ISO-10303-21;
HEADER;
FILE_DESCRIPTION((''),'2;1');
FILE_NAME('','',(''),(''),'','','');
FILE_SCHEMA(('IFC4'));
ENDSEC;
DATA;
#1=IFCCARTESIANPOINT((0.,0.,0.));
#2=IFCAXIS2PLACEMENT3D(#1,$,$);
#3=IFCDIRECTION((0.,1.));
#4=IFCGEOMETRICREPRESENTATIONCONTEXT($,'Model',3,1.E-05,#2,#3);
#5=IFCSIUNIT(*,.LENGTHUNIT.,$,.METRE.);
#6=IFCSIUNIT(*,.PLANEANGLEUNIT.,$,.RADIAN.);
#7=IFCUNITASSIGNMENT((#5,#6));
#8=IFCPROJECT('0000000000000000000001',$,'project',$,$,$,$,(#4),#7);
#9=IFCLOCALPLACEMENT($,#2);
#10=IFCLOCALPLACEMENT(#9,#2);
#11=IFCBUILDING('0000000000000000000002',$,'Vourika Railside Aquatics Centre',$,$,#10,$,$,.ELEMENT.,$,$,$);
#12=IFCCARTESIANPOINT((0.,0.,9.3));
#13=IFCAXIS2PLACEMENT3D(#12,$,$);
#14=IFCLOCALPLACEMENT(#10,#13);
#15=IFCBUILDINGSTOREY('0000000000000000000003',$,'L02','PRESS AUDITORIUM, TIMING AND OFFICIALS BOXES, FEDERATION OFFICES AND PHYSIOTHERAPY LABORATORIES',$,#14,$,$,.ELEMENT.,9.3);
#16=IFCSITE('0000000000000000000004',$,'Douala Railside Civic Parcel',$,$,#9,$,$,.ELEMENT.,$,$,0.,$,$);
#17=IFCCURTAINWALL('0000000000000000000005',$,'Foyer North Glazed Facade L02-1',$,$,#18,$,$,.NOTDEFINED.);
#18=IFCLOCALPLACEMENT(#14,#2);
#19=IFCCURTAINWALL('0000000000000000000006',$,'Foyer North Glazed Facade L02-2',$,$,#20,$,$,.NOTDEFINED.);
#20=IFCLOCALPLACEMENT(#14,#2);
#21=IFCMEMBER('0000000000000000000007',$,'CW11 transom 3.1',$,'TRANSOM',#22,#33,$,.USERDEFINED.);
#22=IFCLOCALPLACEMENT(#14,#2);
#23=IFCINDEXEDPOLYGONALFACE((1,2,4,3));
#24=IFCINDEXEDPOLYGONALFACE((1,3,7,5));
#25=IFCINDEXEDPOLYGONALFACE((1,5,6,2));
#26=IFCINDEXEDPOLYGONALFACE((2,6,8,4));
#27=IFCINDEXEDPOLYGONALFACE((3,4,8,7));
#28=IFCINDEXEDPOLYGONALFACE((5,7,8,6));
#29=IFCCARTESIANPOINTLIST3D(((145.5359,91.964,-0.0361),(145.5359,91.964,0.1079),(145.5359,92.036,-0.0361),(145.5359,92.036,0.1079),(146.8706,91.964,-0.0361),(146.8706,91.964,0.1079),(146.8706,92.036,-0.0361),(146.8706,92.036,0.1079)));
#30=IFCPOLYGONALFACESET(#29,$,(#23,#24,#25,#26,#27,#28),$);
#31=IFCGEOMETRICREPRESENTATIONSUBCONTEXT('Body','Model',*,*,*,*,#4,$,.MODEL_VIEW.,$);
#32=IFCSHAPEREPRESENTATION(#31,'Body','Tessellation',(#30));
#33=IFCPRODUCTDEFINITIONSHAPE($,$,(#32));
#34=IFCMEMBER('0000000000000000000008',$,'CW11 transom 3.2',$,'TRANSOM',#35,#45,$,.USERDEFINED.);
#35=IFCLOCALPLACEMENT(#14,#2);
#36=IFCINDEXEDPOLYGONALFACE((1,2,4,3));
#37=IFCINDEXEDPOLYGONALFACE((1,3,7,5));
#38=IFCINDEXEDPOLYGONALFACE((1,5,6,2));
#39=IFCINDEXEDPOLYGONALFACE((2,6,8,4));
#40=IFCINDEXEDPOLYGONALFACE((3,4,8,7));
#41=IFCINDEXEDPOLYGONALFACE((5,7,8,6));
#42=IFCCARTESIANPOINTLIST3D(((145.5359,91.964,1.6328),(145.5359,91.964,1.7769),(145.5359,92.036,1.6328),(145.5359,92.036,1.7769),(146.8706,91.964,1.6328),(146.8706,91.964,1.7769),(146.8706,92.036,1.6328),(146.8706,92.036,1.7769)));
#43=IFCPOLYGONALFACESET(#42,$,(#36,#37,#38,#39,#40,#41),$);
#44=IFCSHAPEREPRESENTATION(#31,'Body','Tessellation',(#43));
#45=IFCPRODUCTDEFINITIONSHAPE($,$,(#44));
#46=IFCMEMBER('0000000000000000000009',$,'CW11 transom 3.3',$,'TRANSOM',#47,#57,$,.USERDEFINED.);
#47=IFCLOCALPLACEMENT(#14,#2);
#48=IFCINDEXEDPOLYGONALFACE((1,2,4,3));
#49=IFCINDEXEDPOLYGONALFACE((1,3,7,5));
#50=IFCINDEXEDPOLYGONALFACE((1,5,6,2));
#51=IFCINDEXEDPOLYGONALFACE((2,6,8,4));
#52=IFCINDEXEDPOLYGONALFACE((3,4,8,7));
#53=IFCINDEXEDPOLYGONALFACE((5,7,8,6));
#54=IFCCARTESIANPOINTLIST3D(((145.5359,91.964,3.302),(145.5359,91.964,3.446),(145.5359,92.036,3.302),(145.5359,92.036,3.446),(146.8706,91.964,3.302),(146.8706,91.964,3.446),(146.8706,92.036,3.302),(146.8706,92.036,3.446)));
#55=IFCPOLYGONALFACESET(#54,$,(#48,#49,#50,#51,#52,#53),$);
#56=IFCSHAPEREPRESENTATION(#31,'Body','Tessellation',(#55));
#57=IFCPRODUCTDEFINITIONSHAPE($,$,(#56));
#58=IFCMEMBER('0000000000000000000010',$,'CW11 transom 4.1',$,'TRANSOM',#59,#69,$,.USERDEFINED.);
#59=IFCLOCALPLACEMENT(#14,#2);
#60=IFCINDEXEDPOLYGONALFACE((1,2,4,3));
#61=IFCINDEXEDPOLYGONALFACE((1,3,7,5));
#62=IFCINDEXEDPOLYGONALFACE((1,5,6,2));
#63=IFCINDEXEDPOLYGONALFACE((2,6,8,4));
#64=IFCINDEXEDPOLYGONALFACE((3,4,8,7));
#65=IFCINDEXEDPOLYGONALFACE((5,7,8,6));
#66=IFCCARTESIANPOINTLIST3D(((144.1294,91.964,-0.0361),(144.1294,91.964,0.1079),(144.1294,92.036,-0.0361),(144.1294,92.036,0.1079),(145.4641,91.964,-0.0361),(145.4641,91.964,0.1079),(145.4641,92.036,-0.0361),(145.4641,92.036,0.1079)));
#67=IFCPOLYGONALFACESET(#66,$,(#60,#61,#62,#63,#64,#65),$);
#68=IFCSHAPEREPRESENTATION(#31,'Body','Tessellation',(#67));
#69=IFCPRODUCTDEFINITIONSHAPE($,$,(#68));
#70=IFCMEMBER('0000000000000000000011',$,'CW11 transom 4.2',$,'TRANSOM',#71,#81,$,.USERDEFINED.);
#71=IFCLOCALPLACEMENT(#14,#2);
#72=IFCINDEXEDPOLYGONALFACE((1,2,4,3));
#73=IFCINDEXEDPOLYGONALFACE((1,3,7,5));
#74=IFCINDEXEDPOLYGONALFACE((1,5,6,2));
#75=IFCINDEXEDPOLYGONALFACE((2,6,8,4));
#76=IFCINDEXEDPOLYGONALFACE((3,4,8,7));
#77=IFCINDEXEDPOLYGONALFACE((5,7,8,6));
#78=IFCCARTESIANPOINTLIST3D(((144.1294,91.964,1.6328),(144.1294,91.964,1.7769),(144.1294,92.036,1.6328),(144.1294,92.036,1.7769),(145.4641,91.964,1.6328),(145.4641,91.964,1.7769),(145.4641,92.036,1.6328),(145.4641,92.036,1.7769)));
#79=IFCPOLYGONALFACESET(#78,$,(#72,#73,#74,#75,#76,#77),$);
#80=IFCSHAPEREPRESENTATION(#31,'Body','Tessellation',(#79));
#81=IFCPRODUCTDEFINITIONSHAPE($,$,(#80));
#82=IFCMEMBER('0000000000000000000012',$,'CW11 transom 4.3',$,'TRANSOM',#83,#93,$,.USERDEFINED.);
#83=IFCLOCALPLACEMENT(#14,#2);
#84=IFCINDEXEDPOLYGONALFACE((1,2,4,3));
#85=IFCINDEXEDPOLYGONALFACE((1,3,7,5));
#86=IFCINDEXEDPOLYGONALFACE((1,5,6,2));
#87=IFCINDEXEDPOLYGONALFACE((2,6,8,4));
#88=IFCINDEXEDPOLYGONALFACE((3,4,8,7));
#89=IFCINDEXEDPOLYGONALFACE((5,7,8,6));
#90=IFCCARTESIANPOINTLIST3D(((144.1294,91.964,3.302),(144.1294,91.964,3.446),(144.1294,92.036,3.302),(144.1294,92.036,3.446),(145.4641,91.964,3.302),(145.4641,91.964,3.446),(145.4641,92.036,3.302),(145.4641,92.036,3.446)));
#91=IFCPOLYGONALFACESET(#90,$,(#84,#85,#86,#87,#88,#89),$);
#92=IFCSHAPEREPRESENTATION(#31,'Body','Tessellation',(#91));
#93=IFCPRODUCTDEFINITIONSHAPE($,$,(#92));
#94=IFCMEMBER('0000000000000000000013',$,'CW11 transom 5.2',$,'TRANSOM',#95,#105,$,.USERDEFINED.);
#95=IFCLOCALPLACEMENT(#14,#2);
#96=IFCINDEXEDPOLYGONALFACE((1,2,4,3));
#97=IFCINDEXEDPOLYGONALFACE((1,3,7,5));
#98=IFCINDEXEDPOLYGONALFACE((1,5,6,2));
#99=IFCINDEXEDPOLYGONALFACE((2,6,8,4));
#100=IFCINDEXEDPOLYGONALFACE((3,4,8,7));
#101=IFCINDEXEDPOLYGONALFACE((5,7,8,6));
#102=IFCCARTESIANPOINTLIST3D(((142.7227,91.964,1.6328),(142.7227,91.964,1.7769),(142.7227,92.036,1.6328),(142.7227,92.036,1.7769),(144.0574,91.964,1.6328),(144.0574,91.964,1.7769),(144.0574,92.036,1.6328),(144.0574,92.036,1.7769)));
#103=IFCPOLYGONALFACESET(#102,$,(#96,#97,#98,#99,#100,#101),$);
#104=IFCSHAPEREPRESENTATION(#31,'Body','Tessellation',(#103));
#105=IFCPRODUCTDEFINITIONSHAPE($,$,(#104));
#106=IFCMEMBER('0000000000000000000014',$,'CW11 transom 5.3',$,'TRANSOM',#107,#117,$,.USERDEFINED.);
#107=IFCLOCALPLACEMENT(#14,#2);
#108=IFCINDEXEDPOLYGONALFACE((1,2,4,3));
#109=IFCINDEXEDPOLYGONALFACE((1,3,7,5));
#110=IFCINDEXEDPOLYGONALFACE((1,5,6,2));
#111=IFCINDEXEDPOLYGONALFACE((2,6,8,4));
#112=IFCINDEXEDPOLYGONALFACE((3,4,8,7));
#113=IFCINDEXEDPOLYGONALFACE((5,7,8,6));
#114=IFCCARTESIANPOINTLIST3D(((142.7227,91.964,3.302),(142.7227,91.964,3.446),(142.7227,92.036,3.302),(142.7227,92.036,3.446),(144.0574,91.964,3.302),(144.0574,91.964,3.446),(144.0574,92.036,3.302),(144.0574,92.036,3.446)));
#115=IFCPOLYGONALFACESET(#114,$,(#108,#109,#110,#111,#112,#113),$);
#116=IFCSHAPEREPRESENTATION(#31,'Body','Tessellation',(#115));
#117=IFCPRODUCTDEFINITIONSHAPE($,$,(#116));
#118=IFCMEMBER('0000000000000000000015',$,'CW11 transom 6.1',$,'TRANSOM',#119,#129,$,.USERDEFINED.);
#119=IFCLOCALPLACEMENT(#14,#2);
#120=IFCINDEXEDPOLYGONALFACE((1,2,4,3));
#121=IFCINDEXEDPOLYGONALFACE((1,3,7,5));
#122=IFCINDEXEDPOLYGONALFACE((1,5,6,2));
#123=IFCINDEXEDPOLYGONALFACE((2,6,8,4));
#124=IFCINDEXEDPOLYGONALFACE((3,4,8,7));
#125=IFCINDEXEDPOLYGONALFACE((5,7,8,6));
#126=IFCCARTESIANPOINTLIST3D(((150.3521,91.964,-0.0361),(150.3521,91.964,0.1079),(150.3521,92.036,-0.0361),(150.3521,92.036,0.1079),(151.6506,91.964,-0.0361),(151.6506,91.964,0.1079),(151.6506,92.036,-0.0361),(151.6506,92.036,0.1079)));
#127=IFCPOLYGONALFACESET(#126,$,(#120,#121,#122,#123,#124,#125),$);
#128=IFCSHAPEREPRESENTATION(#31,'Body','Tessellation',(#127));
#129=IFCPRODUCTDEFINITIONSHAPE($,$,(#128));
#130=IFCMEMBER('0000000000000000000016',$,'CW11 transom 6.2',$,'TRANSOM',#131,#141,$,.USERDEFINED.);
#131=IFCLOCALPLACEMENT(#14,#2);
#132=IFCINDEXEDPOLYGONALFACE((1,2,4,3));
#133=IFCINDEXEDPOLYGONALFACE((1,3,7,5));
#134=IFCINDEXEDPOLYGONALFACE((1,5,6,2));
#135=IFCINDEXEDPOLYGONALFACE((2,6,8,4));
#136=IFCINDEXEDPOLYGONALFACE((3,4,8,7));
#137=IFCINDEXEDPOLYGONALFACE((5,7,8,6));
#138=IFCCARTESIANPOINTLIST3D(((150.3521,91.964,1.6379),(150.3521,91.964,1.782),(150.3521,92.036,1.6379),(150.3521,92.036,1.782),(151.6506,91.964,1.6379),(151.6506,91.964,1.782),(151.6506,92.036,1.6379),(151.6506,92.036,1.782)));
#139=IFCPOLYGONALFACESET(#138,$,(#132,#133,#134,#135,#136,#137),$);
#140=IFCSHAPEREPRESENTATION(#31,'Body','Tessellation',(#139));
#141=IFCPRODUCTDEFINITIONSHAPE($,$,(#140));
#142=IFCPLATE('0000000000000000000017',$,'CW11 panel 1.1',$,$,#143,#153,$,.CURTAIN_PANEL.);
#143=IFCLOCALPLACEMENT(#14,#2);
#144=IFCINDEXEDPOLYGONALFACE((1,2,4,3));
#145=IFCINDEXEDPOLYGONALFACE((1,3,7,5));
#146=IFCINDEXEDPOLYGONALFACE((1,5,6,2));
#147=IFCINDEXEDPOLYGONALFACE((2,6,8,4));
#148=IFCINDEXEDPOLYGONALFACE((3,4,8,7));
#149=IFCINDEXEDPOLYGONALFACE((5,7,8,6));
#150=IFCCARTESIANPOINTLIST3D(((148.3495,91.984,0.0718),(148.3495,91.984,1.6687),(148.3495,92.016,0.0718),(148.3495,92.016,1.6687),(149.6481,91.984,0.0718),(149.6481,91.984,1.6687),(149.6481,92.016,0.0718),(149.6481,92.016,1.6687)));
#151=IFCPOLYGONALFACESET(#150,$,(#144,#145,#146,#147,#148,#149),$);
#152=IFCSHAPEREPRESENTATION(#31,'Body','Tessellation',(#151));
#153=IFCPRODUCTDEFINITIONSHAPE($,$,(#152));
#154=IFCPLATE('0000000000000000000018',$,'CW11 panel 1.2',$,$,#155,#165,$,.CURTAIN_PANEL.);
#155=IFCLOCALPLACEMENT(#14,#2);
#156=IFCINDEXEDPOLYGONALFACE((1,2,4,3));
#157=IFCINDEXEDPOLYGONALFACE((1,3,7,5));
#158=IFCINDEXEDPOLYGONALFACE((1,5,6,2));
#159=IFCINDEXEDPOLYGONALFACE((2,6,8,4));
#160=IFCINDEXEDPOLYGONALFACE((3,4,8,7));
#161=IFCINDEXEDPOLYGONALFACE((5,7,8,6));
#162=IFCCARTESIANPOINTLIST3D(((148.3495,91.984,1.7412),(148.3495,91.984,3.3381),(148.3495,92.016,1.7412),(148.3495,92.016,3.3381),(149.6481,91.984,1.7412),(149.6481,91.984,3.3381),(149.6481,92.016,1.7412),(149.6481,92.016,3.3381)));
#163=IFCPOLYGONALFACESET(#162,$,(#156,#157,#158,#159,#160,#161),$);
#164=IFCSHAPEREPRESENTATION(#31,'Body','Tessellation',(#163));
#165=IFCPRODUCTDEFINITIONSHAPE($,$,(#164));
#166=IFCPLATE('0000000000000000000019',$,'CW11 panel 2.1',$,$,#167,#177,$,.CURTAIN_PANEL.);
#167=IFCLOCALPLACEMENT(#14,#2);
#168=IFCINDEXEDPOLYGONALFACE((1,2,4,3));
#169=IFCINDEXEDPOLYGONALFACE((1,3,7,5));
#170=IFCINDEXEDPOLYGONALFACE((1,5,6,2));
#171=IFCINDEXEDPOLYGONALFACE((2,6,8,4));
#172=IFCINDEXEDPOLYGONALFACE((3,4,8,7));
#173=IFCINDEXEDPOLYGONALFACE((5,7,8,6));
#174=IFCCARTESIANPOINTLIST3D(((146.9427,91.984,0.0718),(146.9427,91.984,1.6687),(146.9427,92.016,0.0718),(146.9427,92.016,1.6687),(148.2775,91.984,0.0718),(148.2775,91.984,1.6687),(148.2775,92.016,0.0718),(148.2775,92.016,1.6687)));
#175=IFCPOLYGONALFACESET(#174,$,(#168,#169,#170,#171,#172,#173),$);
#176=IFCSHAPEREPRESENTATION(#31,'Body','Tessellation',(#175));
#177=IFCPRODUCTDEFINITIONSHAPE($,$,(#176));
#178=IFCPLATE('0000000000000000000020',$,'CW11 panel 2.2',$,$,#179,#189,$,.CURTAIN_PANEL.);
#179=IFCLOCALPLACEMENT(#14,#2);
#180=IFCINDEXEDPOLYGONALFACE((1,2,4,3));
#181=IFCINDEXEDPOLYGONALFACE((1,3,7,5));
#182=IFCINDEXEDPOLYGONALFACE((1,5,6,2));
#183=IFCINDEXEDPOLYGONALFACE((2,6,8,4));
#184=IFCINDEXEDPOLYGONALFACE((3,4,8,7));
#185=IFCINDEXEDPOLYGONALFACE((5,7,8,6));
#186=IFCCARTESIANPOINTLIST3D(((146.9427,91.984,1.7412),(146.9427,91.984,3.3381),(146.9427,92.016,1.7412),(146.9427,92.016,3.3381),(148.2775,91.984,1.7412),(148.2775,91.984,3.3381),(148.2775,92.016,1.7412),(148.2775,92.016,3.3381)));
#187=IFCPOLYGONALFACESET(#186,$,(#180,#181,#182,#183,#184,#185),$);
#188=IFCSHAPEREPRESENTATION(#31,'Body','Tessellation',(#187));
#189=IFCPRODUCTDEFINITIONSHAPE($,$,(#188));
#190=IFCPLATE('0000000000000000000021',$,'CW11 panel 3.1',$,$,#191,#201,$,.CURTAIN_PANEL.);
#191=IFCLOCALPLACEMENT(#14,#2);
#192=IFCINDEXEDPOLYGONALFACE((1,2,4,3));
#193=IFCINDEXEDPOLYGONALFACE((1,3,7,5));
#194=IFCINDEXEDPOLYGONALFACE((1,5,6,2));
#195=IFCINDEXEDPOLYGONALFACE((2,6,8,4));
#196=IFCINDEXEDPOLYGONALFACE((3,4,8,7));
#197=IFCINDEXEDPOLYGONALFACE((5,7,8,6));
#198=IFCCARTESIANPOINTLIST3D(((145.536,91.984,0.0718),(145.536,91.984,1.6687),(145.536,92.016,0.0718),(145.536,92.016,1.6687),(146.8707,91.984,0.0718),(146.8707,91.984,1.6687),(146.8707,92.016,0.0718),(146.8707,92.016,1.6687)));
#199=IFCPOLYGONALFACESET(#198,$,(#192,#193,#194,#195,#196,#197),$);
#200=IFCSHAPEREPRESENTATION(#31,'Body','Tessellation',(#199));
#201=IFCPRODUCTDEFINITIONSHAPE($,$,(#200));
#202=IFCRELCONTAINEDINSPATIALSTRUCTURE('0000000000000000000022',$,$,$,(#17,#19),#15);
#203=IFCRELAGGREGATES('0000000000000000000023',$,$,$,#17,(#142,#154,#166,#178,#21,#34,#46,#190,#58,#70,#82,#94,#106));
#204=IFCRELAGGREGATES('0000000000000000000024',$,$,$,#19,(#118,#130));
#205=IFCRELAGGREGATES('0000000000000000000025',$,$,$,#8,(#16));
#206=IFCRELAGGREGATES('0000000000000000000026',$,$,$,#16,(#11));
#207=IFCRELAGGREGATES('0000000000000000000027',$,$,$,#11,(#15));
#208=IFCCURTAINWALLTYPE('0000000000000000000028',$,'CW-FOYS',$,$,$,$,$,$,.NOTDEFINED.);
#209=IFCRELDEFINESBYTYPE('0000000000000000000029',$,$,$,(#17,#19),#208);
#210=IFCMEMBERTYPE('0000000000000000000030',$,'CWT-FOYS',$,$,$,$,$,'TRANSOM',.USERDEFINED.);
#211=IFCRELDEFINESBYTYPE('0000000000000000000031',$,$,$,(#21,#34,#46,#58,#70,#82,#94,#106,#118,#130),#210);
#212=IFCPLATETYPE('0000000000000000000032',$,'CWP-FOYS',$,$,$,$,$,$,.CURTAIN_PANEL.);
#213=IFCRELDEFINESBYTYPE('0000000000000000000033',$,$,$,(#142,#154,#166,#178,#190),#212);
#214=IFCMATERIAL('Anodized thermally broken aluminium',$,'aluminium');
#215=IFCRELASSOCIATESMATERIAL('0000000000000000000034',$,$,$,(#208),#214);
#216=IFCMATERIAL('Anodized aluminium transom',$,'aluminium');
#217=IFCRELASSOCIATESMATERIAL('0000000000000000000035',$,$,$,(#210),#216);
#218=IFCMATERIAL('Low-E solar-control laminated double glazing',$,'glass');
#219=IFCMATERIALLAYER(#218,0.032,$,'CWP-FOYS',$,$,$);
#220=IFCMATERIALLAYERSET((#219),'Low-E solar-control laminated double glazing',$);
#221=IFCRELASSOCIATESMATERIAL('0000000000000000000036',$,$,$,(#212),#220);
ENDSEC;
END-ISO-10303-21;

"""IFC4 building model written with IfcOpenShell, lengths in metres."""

from ifc_helpers import new_model, si_unit, direction, frame, origin, origin_2d, place, context, subcontext, project, spatial, rectangle, extrude, material, layer, layer_set, material_profile, profile_set, type_object, element, aggregate, save


model = new_model("IFC4")

# Units and contexts
model_context = context("Model", 3, precision=1e-05, world=origin(), true_north=direction((0.0, 1.0)))
body_context = subcontext(model_context, "Body", "Model", "MODEL_VIEW")
ifc_project = project(units=[si_unit("LENGTHUNIT", "METRE"), si_unit("PLANEANGLEUNIT", "RADIAN")], contexts=[model_context])

# Site, building, storey
site_placement = place(None, origin())
site = spatial("IfcSite", under=ifc_project, at=site_placement, Name="Douala Railside Civic Parcel", CompositionType="ELEMENT", RefElevation=0.0)
building_placement = place(site_placement, origin())
building = spatial("IfcBuilding", under=site, at=building_placement, Name="Vourika Railside Aquatics Centre", CompositionType="ELEMENT")
storey_placement = place(building_placement, frame((0.0, 0.0, 9.3)))
storey = spatial("IfcBuildingStorey", under=building, at=storey_placement, Name="L02", Description="PRESS AUDITORIUM, TIMING AND OFFICIALS BOXES, FEDERATION OFFICES AND PHYSIOTHERAPY LABORATORIES", CompositionType="ELEMENT", Elevation=9.3)

# Curtain wall
ifc_material_1 = material(Name="Anodized thermally broken aluminium", Category="aluminium")
curtain_wall_type = type_object("IfcCurtainWallType", Name="CW-FOYS", PredefinedType="NOTDEFINED", material=ifc_material_1)
curtain_wall_1_placement = place(storey_placement, origin())
curtain_wall_1 = element("IfcCurtainWall", 1, at=curtain_wall_1_placement, inside=storey, type_object=curtain_wall_type, Name="Foyer North Glazed Facade L02-1", PredefinedType="NOTDEFINED")

# Curtain wall
curtain_wall_2_placement = place(storey_placement, origin())
curtain_wall_2 = element("IfcCurtainWall", 2, at=curtain_wall_2_placement, inside=storey, type_object=curtain_wall_type, Name="Foyer North Glazed Facade L02-2", PredefinedType="NOTDEFINED")

# Members
ifc_material_2 = material(Name="Anodized aluminium transom", Category="aluminium")
ifc_material_profile_1 = material_profile(ifc_material_2, rectangle(XDim=0.072, YDim=0.144, at=origin_2d()), Name="ALU-T 72x144")
ifc_profile_set_1 = profile_set([ifc_material_profile_1], Name="Anodized aluminium transom")
member_type_1 = type_object("IfcMemberType", Name="CWT-FOYS", ElementType="TRANSOM", PredefinedType="USERDEFINED", material=ifc_profile_set_1)
member_1_placement = place(storey_placement, frame((146.8706, 92.0, 0.0359), z_axis=(-1.0, 0.0, 0.0), x_axis=(0.0, -1.0, 0.0)))
member_1 = element("IfcMember", 3, at=member_1_placement, type_object=member_type_1, Name="CW11 transom 3.1", ObjectType="TRANSOM", PredefinedType="USERDEFINED", context=body_context, shape_type="SweptSolid", body=[
    extrude(rectangle(XDim=0.072, YDim=0.144, at=origin_2d()), origin(), (0.0, 0.0, 1.0), 1.3347),
])
member_2_placement = place(storey_placement, frame((146.8706, 92.0, 1.7048), z_axis=(-1.0, 0.0, 0.0), x_axis=(0.0, -1.0, 0.0)))
member_2 = element("IfcMember", 4, at=member_2_placement, type_object=member_type_1, Name="CW11 transom 3.2", ObjectType="TRANSOM", PredefinedType="USERDEFINED", context=body_context, shape_type="SweptSolid", body=[
    extrude(rectangle(XDim=0.072, YDim=0.144, at=origin_2d()), origin(), (0.0, 0.0, 1.0), 1.3347),
])
member_3_placement = place(storey_placement, frame((146.8706, 92.0, 3.374), z_axis=(-1.0, 0.0, 0.0), x_axis=(0.0, -1.0, 0.0)))
member_3 = element("IfcMember", 5, at=member_3_placement, type_object=member_type_1, Name="CW11 transom 3.3", ObjectType="TRANSOM", PredefinedType="USERDEFINED", context=body_context, shape_type="SweptSolid", body=[
    extrude(rectangle(XDim=0.072, YDim=0.144, at=origin_2d()), origin(), (0.0, 0.0, 1.0), 1.3347),
])
member_4_placement = place(storey_placement, frame((145.4641, 92.0, 0.0359), z_axis=(-1.0, 0.0, 0.0), x_axis=(0.0, -1.0, 0.0)))
member_4 = element("IfcMember", 6, at=member_4_placement, type_object=member_type_1, Name="CW11 transom 4.1", ObjectType="TRANSOM", PredefinedType="USERDEFINED", context=body_context, shape_type="SweptSolid", body=[
    extrude(rectangle(XDim=0.072, YDim=0.144, at=origin_2d()), origin(), (0.0, 0.0, 1.0), 1.3347),
])
member_5_placement = place(storey_placement, frame((145.4641, 92.0, 1.7048), z_axis=(-1.0, 0.0, 0.0), x_axis=(0.0, -1.0, 0.0)))
member_5 = element("IfcMember", 7, at=member_5_placement, type_object=member_type_1, Name="CW11 transom 4.2", ObjectType="TRANSOM", PredefinedType="USERDEFINED", context=body_context, shape_type="SweptSolid", body=[
    extrude(rectangle(XDim=0.072, YDim=0.144, at=origin_2d()), origin(), (0.0, 0.0, 1.0), 1.3347),
])
member_6_placement = place(storey_placement, frame((145.4641, 92.0, 3.374), z_axis=(-1.0, 0.0, 0.0), x_axis=(0.0, -1.0, 0.0)))
member_6 = element("IfcMember", 8, at=member_6_placement, type_object=member_type_1, Name="CW11 transom 4.3", ObjectType="TRANSOM", PredefinedType="USERDEFINED", context=body_context, shape_type="SweptSolid", body=[
    extrude(rectangle(XDim=0.072, YDim=0.144, at=origin_2d()), origin(), (0.0, 0.0, 1.0), 1.3347),
])
member_7_placement = place(storey_placement, frame((144.0574, 92.0, 1.7048), z_axis=(-1.0, 0.0, 0.0), x_axis=(0.0, -1.0, 0.0)))
member_7 = element("IfcMember", 9, at=member_7_placement, type_object=member_type_1, Name="CW11 transom 5.2", ObjectType="TRANSOM", PredefinedType="USERDEFINED", context=body_context, shape_type="SweptSolid", body=[
    extrude(rectangle(XDim=0.072, YDim=0.144, at=origin_2d()), origin(), (0.0, 0.0, 1.0), 1.3347),
])
member_8_placement = place(storey_placement, frame((144.0574, 92.0, 3.374), z_axis=(-1.0, 0.0, 0.0), x_axis=(0.0, -1.0, 0.0)))
member_8 = element("IfcMember", 10, at=member_8_placement, type_object=member_type_1, Name="CW11 transom 5.3", ObjectType="TRANSOM", PredefinedType="USERDEFINED", context=body_context, shape_type="SweptSolid", body=[
    extrude(rectangle(XDim=0.072, YDim=0.144, at=origin_2d()), origin(), (0.0, 0.0, 1.0), 1.3347),
])
member_9_placement = place(storey_placement, frame((151.6506, 92.0, 0.0359), z_axis=(-1.0, 0.0, 0.0), x_axis=(0.0, -1.0, 0.0)))
member_9 = element("IfcMember", 11, at=member_9_placement, type_object=member_type_1, Name="CW11 transom 6.1", ObjectType="TRANSOM", PredefinedType="USERDEFINED", context=body_context, shape_type="SweptSolid", body=[
    extrude(rectangle(XDim=0.072, YDim=0.144, at=origin_2d()), origin(), (0.0, 0.0, 1.0), 1.2986),
])
member_10_placement = place(storey_placement, frame((151.6506, 92.0, 1.71), z_axis=(-1.0, 0.0, 0.0), x_axis=(0.0, -1.0, 0.0)))
member_10 = element("IfcMember", 12, at=member_10_placement, type_object=member_type_1, Name="CW11 transom 6.2", ObjectType="TRANSOM", PredefinedType="USERDEFINED", context=body_context, shape_type="SweptSolid", body=[
    extrude(rectangle(XDim=0.072, YDim=0.144, at=origin_2d()), origin(), (0.0, 0.0, 1.0), 1.2986),
])

# Plates
ifc_material_3 = material(Name="Low-E solar-control laminated double glazing", Category="glass")
ifc_layer = layer(ifc_material_3, 0.032, Name="CWP-FOYS")
ifc_layer_set = layer_set([ifc_layer], Name="Low-E solar-control laminated double glazing")
plate_type = type_object("IfcPlateType", Name="CWP-FOYS", PredefinedType="CURTAIN_PANEL", material=ifc_layer_set)
plate_1_placement = place(storey_placement, frame((148.9988, 92.0, 0.0718), z_axis=(0.0, 0.0, 1.0), x_axis=(-1.0, 0.0, 0.0)))
plate_1 = element("IfcPlate", 13, at=plate_1_placement, type_object=plate_type, Name="CW11 panel 1.1", PredefinedType="CURTAIN_PANEL", context=body_context, shape_type="SweptSolid", body=[
    extrude(rectangle(XDim=1.2986, YDim=0.032, at=origin_2d()), origin(), (0.0, 0.0, 1.0), 1.5969),
])
plate_2_placement = place(storey_placement, frame((148.9988, 92.0, 1.7412), z_axis=(0.0, 0.0, 1.0), x_axis=(-1.0, 0.0, 0.0)))
plate_2 = element("IfcPlate", 14, at=plate_2_placement, type_object=plate_type, Name="CW11 panel 1.2", PredefinedType="CURTAIN_PANEL", context=body_context, shape_type="SweptSolid", body=[
    extrude(rectangle(XDim=1.2986, YDim=0.032, at=origin_2d()), origin(), (0.0, 0.0, 1.0), 1.5969),
])
plate_3_placement = place(storey_placement, frame((147.6101, 92.0, 0.0718), z_axis=(0.0, 0.0, 1.0), x_axis=(-1.0, 0.0, 0.0)))
plate_3 = element("IfcPlate", 15, at=plate_3_placement, type_object=plate_type, Name="CW11 panel 2.1", PredefinedType="CURTAIN_PANEL", context=body_context, shape_type="SweptSolid", body=[
    extrude(rectangle(XDim=1.3347, YDim=0.032, at=origin_2d()), origin(), (0.0, 0.0, 1.0), 1.5969),
])
plate_4_placement = place(storey_placement, frame((147.6101, 92.0, 1.7412), z_axis=(0.0, 0.0, 1.0), x_axis=(-1.0, 0.0, 0.0)))
plate_4 = element("IfcPlate", 16, at=plate_4_placement, type_object=plate_type, Name="CW11 panel 2.2", PredefinedType="CURTAIN_PANEL", context=body_context, shape_type="SweptSolid", body=[
    extrude(rectangle(XDim=1.3347, YDim=0.032, at=origin_2d()), origin(), (0.0, 0.0, 1.0), 1.5969),
])
plate_5_placement = place(storey_placement, frame((146.2034, 92.0, 0.0718), z_axis=(0.0, 0.0, 1.0), x_axis=(-1.0, 0.0, 0.0)))
plate_5 = element("IfcPlate", 17, at=plate_5_placement, type_object=plate_type, Name="CW11 panel 3.1", PredefinedType="CURTAIN_PANEL", context=body_context, shape_type="SweptSolid", body=[
    extrude(rectangle(XDim=1.3347, YDim=0.032, at=origin_2d()), origin(), (0.0, 0.0, 1.0), 1.5969),
])
aggregate(curtain_wall_1, [plate_1, plate_2, plate_3, plate_4, member_1, member_2, member_3, plate_5, member_4, member_5, member_6, member_7, member_8])
aggregate(curtain_wall_2, [member_9, member_10])

save(model, "model.ifc")
